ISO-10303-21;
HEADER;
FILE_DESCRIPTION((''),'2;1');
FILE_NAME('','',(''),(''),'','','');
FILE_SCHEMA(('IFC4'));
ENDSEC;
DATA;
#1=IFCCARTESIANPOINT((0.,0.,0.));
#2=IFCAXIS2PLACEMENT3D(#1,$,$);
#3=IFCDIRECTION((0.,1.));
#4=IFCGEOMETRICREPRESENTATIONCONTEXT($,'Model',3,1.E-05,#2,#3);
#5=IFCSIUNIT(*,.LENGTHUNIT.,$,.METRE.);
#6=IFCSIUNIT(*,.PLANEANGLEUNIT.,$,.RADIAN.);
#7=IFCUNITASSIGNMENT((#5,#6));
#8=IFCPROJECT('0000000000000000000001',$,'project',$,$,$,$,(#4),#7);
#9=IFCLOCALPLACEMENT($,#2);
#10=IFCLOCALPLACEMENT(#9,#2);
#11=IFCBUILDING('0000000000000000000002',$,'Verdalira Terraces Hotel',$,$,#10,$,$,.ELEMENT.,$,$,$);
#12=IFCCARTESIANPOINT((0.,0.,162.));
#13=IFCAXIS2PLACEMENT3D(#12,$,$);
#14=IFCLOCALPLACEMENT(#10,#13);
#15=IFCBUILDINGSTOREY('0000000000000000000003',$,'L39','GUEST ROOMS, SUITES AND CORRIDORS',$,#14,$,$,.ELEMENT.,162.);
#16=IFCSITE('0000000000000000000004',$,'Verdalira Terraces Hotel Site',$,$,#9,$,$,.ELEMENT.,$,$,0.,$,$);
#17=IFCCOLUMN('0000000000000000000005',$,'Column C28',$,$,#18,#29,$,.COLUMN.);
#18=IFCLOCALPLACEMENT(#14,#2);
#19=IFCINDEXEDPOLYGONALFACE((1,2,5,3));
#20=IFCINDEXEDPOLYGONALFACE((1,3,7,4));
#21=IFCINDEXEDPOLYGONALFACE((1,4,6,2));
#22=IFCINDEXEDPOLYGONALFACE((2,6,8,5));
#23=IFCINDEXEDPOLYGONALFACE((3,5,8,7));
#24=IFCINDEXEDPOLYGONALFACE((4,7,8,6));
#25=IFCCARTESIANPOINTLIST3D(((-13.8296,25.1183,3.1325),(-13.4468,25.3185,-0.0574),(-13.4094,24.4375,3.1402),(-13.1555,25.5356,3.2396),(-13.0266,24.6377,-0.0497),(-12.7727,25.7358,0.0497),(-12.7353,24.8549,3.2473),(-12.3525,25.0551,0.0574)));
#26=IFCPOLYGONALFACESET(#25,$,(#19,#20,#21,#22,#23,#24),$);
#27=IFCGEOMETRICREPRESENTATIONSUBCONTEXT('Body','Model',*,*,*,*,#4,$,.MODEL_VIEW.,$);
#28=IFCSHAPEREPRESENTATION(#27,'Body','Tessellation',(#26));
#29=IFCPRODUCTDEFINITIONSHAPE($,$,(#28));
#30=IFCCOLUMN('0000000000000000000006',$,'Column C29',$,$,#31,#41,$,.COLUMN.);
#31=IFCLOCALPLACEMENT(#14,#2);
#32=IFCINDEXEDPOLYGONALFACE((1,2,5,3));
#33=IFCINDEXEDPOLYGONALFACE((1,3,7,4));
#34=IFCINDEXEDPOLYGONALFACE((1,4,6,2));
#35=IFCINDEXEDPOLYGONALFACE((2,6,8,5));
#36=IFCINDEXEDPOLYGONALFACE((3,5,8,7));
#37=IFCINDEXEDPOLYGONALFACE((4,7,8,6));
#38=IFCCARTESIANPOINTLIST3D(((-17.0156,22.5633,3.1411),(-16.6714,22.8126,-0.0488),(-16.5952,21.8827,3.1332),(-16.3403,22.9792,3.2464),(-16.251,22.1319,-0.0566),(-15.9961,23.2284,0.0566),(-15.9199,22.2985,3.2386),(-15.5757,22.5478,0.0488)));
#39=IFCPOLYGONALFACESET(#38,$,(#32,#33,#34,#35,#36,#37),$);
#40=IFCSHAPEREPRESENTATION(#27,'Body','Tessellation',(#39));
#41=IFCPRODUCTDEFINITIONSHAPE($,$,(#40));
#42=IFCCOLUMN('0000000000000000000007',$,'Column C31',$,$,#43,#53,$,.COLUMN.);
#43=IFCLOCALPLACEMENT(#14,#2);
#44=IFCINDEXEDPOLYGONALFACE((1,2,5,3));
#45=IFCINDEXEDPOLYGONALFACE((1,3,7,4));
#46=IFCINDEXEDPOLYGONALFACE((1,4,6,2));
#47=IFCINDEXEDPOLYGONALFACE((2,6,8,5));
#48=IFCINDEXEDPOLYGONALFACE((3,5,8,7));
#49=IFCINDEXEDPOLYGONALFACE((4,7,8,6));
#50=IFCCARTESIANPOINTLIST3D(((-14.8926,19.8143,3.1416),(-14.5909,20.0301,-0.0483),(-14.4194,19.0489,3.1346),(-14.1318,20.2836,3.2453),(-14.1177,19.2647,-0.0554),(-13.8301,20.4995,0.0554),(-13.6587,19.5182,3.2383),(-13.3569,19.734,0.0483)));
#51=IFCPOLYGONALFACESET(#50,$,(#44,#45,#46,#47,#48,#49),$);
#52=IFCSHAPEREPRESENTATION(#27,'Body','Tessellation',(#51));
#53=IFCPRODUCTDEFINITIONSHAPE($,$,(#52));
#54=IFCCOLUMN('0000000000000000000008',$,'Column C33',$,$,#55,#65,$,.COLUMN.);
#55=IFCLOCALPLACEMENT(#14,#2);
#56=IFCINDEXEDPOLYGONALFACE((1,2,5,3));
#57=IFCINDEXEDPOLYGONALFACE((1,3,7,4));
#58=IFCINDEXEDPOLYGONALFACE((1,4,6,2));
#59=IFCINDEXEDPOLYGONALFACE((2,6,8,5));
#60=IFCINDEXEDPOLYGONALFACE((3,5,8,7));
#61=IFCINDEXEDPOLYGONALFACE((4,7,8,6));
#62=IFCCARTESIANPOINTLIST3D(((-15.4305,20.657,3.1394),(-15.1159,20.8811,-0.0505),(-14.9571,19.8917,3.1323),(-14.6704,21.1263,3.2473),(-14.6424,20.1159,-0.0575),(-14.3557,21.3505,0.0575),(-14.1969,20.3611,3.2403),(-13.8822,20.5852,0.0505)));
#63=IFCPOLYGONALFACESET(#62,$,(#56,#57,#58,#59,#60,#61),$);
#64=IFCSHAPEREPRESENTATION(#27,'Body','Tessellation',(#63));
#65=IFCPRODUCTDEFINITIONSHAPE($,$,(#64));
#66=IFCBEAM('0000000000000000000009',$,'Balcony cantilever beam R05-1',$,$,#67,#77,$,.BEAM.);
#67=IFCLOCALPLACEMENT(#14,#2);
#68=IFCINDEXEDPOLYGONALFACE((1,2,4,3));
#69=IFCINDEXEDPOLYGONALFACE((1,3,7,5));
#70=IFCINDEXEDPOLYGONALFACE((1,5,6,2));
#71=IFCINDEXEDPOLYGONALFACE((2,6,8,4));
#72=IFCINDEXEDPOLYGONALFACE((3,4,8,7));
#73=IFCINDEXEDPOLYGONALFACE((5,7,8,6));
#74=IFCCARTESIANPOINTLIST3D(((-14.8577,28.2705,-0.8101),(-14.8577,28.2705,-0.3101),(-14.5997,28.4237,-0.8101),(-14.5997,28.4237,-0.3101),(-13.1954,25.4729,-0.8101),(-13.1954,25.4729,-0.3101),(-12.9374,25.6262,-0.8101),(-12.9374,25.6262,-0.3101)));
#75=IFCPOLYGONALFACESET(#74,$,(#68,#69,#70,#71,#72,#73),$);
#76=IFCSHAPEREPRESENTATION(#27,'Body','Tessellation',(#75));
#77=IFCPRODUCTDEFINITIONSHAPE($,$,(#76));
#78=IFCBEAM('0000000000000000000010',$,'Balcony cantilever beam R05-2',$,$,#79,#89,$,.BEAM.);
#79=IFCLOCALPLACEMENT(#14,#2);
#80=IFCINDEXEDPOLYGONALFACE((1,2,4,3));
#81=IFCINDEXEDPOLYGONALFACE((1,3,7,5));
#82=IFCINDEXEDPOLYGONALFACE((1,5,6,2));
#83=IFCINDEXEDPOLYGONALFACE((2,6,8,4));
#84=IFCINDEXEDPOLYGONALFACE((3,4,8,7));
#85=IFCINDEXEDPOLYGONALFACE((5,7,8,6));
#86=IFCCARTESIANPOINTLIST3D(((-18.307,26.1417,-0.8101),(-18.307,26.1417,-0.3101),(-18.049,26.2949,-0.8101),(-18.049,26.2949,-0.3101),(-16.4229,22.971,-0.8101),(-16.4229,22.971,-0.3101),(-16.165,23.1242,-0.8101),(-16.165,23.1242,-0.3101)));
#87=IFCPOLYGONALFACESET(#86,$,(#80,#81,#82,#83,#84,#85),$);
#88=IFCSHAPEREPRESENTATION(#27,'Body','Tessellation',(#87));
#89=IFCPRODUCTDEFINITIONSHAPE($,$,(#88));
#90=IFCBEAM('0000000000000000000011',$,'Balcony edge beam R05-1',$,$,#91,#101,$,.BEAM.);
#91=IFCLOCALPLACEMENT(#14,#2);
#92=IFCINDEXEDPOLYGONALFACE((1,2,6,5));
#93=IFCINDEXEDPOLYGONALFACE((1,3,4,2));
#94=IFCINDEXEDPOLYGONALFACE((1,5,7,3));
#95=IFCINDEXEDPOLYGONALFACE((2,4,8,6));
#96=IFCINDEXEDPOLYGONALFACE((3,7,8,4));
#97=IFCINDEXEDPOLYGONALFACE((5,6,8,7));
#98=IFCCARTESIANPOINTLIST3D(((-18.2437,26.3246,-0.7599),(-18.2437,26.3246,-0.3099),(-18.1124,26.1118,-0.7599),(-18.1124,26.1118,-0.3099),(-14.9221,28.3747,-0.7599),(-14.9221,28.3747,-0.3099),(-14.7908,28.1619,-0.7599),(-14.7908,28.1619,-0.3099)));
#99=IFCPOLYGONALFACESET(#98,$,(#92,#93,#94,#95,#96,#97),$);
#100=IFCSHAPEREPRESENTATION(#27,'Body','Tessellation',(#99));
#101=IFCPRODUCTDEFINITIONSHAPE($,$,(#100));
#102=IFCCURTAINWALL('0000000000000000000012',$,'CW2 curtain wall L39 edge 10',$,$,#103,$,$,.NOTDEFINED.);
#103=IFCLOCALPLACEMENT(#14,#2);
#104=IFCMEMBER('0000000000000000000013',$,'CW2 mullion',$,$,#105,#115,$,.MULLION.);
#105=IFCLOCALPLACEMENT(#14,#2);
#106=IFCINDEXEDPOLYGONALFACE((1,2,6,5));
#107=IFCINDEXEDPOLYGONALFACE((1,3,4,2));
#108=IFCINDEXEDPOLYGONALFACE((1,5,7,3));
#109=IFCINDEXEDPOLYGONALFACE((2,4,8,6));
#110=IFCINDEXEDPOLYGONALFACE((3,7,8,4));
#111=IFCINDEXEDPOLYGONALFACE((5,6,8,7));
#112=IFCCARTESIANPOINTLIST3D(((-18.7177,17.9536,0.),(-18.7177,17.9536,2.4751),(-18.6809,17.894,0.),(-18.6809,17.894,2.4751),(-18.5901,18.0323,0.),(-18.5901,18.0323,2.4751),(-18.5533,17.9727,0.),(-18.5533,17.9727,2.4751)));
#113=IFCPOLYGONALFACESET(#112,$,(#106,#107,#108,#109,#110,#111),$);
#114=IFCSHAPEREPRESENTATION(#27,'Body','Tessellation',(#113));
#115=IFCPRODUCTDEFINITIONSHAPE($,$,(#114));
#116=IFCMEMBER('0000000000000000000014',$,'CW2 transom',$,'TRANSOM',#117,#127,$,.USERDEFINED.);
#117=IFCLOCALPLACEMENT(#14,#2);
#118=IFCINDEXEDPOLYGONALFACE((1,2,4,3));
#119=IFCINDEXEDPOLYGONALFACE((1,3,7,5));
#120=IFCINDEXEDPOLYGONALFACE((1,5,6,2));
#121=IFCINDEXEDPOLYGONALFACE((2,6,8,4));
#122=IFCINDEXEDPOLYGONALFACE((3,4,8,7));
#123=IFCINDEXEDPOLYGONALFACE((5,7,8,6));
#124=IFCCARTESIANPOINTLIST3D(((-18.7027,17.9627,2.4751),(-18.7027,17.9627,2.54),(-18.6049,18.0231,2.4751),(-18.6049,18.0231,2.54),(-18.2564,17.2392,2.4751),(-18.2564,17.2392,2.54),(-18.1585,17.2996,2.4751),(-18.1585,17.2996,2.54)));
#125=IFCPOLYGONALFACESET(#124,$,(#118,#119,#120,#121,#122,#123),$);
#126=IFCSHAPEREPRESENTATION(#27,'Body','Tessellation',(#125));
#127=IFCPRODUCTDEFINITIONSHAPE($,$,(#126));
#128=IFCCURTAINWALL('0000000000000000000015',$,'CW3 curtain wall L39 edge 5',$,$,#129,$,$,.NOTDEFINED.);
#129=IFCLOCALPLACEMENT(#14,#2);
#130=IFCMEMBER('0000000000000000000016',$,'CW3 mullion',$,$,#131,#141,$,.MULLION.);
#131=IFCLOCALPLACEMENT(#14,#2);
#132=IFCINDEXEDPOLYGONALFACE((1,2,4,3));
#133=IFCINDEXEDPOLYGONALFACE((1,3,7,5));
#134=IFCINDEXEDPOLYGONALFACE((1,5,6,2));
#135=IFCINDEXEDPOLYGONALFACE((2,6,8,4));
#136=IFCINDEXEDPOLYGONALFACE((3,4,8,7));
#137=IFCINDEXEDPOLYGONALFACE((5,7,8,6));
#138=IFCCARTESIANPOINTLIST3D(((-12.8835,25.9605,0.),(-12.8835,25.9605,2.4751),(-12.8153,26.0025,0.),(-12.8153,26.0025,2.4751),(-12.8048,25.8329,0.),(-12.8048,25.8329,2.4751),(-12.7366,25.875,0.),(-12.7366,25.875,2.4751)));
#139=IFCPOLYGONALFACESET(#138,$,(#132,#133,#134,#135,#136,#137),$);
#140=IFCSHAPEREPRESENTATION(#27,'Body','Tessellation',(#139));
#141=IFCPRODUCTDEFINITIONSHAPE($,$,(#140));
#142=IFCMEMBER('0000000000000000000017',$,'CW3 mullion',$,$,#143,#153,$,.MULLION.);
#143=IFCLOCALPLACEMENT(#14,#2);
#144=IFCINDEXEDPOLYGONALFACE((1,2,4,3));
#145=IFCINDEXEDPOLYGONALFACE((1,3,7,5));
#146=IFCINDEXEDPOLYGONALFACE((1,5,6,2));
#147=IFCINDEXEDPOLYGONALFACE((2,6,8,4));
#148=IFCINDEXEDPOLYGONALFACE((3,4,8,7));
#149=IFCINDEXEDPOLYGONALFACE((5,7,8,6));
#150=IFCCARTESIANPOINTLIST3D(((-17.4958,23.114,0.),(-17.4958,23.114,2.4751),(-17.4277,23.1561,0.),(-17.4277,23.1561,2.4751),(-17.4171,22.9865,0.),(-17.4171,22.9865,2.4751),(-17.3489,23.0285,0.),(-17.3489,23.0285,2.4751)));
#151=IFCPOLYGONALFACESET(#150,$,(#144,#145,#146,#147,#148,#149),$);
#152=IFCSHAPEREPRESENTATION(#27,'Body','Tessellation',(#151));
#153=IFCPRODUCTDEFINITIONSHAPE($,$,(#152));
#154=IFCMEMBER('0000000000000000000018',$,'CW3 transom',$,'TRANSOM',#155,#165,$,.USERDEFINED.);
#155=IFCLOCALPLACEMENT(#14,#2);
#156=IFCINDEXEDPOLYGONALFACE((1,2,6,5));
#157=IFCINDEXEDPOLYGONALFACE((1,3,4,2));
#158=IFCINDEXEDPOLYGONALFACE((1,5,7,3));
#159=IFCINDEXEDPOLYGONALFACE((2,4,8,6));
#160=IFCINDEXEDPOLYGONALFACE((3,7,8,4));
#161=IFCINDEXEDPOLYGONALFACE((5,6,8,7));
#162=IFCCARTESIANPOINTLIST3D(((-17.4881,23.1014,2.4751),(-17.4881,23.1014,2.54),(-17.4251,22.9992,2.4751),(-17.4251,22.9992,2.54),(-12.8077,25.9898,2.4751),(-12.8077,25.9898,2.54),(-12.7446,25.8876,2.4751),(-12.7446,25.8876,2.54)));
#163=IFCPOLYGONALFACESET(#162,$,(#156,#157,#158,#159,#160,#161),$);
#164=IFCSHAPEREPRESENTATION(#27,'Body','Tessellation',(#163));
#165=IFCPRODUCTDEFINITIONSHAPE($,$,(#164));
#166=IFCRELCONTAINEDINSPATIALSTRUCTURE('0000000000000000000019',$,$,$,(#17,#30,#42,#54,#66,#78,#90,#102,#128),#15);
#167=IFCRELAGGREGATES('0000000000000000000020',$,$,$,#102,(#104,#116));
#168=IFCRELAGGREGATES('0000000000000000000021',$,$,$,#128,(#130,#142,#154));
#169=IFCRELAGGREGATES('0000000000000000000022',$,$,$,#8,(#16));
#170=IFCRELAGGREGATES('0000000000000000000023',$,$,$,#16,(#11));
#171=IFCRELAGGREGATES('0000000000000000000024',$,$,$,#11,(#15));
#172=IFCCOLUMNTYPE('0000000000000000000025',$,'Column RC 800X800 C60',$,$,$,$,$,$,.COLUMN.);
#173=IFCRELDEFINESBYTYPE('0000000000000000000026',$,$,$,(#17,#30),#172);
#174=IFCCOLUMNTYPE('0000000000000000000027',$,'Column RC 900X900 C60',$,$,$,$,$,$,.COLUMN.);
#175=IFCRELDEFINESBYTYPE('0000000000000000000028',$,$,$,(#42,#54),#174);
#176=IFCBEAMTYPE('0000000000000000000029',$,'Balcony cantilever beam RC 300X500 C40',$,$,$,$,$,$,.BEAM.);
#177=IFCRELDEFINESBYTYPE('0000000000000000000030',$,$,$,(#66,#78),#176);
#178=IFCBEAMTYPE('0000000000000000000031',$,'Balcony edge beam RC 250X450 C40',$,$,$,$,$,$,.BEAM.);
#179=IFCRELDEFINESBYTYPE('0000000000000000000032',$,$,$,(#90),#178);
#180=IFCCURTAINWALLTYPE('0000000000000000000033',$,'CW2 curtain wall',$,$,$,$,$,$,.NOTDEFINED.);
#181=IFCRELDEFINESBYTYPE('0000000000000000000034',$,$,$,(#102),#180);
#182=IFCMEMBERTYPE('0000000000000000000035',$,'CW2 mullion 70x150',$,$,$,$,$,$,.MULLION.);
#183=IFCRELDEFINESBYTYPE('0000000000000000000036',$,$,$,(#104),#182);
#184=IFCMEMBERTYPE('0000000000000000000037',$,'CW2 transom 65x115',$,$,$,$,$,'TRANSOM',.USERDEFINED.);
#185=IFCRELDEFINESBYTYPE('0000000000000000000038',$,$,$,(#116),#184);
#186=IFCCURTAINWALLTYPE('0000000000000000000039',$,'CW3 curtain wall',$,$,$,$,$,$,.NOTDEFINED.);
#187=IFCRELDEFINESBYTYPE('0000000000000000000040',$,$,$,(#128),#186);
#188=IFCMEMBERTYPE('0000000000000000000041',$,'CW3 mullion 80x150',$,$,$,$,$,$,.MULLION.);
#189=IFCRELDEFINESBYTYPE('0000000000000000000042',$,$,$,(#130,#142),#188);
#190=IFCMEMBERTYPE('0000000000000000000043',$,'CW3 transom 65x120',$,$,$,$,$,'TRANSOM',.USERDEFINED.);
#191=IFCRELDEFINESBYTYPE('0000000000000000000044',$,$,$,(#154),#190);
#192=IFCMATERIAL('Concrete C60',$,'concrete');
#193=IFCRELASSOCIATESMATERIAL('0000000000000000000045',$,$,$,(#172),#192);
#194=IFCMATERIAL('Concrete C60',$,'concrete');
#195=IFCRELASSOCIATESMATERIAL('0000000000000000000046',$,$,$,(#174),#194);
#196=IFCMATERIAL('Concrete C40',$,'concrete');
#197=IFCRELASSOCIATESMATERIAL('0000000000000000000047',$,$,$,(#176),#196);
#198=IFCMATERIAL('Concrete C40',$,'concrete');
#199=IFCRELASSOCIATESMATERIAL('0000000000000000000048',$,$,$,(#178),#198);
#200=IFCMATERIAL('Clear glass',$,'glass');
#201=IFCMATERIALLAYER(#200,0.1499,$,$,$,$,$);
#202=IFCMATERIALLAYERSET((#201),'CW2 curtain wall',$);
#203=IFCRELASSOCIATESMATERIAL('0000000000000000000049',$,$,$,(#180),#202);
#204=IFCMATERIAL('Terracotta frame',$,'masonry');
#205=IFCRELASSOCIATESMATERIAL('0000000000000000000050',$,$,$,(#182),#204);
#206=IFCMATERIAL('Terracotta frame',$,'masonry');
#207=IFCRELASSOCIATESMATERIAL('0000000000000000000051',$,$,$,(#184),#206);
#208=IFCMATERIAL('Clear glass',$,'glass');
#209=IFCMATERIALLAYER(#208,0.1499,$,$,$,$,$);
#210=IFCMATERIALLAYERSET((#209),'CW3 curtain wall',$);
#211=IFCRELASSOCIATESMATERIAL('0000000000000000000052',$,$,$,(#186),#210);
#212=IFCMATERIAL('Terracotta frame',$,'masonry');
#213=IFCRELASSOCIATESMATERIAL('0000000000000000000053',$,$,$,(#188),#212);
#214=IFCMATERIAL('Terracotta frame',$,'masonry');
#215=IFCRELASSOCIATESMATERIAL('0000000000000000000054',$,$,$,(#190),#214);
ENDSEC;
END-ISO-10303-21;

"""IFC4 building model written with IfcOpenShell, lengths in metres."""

from ifc_helpers import new_model, si_unit, direction, frame, origin, origin_2d, place, context, subcontext, project, spatial, rectangle, extrude, material, layer, layer_set, material_profile, profile_set, type_object, element, aggregate, save


model = new_model("IFC4")

# Units and contexts
model_context = context("Model", 3, precision=1e-05, world=origin(), true_north=direction((0.0, 1.0)))
body_context = subcontext(model_context, "Body", "Model", "MODEL_VIEW")
ifc_project = project(units=[si_unit("LENGTHUNIT", "METRE"), si_unit("PLANEANGLEUNIT", "RADIAN")], contexts=[model_context])

# Site, building, storey
site_placement = place(None, origin())
site = spatial("IfcSite", under=ifc_project, at=site_placement, Name="Verdalira Terraces Hotel Site", CompositionType="ELEMENT", RefElevation=0.0)
building_placement = place(site_placement, origin())
building = spatial("IfcBuilding", under=site, at=building_placement, Name="Verdalira Terraces Hotel", CompositionType="ELEMENT")
storey_placement = place(building_placement, frame((0.0, 0.0, 162.0)))
storey = spatial("IfcBuildingStorey", under=building, at=storey_placement, Name="L39", Description="GUEST ROOMS, SUITES AND CORRIDORS", CompositionType="ELEMENT", Elevation=162.0)

# Columns
ifc_material_1 = material(Name="Concrete C60", Category="concrete")
ifc_material_profile_1 = material_profile(ifc_material_1, rectangle(XDim=0.8, YDim=0.8, at=origin_2d()), Name="RC 800X800")
ifc_profile_set_1 = profile_set([ifc_material_profile_1], Name="Concrete C60")
column_type_1 = type_object("IfcColumnType", Name="Column RC 800X800 C60", PredefinedType="COLUMN", material=ifc_profile_set_1)
column_1_placement = place(storey_placement, frame((-12.8997, 25.1868, 0.0), z_axis=(-0.118921, -0.062191, 0.990954), x_axis=(-0.842584, -0.521667, -0.133854)))
element("IfcColumn", 1, at=column_1_placement, inside=storey, type_object=column_type_1, Name="Column C28", PredefinedType="COLUMN", context=body_context, shape_type="SweptSolid", body=[
    extrude(rectangle(XDim=0.8, YDim=0.8, at=origin_2d()), origin(), (0.0, 0.0, 1.0), 3.219),
])
column_2_placement = place(storey_placement, frame((-16.1235, 22.6802, 0.0), z_axis=(-0.106968, -0.077457, 0.991241), x_axis=(-0.844081, -0.51979, -0.131705)))
element("IfcColumn", 2, at=column_2_placement, inside=storey, type_object=column_type_1, Name="Column C29", PredefinedType="COLUMN", context=body_context, shape_type="SweptSolid", body=[
    extrude(rectangle(XDim=0.8, YDim=0.8, at=origin_2d()), origin(), (0.0, 0.0, 1.0), 3.218),
])
ifc_material_2 = material(Name="Concrete C60", Category="concrete")
ifc_material_profile_2 = material_profile(ifc_material_2, rectangle(XDim=0.8999, YDim=0.8999, at=origin_2d()), Name="RC 900X900")
ifc_profile_set_2 = profile_set([ifc_material_profile_2], Name="Concrete C60")
column_type_2 = type_object("IfcColumnType", Name="Column RC 900X900 C60", PredefinedType="COLUMN", material=ifc_profile_set_2)
column_3_placement = place(storey_placement, frame((-13.9739, 19.8821, 0.0), z_axis=(-0.093963, -0.067204, 0.993305), x_axis=(-0.525812, 0.850565, 0.007806)))
element("IfcColumn", 3, at=column_3_placement, inside=storey, type_object=column_type_2, Name="Column C31", PredefinedType="COLUMN", context=body_context, shape_type="SweptSolid", body=[
    extrude(rectangle(XDim=0.8999, YDim=0.8999, at=origin_2d()), origin(), (0.0, 0.0, 1.0), 3.2114),
])
column_4_placement = place(storey_placement, frame((-14.499, 20.7332, 0.0), z_axis=(-0.097937, -0.069749, 0.992745), x_axis=(-0.526145, 0.850359, 0.007839)))
element("IfcColumn", 4, at=column_4_placement, inside=storey, type_object=column_type_2, Name="Column C33", PredefinedType="COLUMN", context=body_context, shape_type="SweptSolid", body=[
    extrude(rectangle(XDim=0.8999, YDim=0.8999, at=origin_2d()), origin(), (0.0, 0.0, 1.0), 3.2131),
])

# Beams
ifc_material_3 = material(Name="Concrete C40", Category="concrete")
ifc_material_profile_3 = material_profile(ifc_material_3, rectangle(XDim=0.3, YDim=0.5, at=origin_2d()), Name="RC 300X500")
ifc_profile_set_3 = profile_set([ifc_material_profile_3], Name="Concrete C40")
beam_type_1 = type_object("IfcBeamType", Name="Balcony cantilever beam RC 300X500 C40", PredefinedType="BEAM", material=ifc_profile_set_3)
beam_1_placement = place(storey_placement, frame((-13.0664, 25.5496, -0.5601), z_axis=(-0.510828, 0.859683, 0.0), x_axis=(-0.859683, -0.510828, 0.0)))
element("IfcBeam", 5, at=beam_1_placement, inside=storey, type_object=beam_type_1, Name="Balcony cantilever beam R05-1", PredefinedType="BEAM", context=body_context, shape_type="SweptSolid", body=[
    extrude(rectangle(XDim=0.3, YDim=0.5, at=origin_2d()), origin(), (0.0, 0.0, 1.0), 3.2542),
])
beam_2_placement = place(storey_placement, frame((-16.2939, 23.0476, -0.5601), z_axis=(-0.510831, 0.859681, 0.0), x_axis=(-0.859681, -0.510831, 0.0)))
element("IfcBeam", 6, at=beam_2_placement, inside=storey, type_object=beam_type_1, Name="Balcony cantilever beam R05-2", PredefinedType="BEAM", context=body_context, shape_type="SweptSolid", body=[
    extrude(rectangle(XDim=0.3, YDim=0.5, at=origin_2d()), origin(), (0.0, 0.0, 1.0), 3.6882),
])
ifc_material_4 = material(Name="Concrete C40", Category="concrete")
ifc_material_profile_4 = material_profile(ifc_material_4, rectangle(XDim=0.25, YDim=0.45, at=origin_2d()), Name="RC 250X450")
ifc_profile_set_4 = profile_set([ifc_material_profile_4], Name="Concrete C40")
beam_type_2 = type_object("IfcBeamType", Name="Balcony edge beam RC 250X450 C40", PredefinedType="BEAM", material=ifc_profile_set_4)
beam_3_placement = place(storey_placement, frame((-14.8564, 28.2683, -0.5349), z_axis=(-0.850968, -0.525217, 0.0), x_axis=(0.525217, -0.850968, 0.0)))
element("IfcBeam", 7, at=beam_3_placement, inside=storey, type_object=beam_type_2, Name="Balcony edge beam R05-1", PredefinedType="BEAM", context=body_context, shape_type="SweptSolid", body=[
    extrude(rectangle(XDim=0.25, YDim=0.45, at=origin_2d()), origin(), (0.0, 0.0, 1.0), 3.9033),
])

# Curtain walls, members
ifc_material_5 = material(Name="Clear glass", Category="glass")
ifc_layer_1 = layer(ifc_material_5, 0.1499)
ifc_layer_set_1 = layer_set([ifc_layer_1], Name="CW2 curtain wall")
curtain_wall_type_1 = type_object("IfcCurtainWallType", Name="CW2 curtain wall", PredefinedType="NOTDEFINED", material=ifc_layer_set_1)
curtain_wall_1_placement = place(storey_placement, origin())
curtain_wall_1 = element("IfcCurtainWall", 8, at=curtain_wall_1_placement, inside=storey, type_object=curtain_wall_type_1, Name="CW2 curtain wall L39 edge 10", PredefinedType="NOTDEFINED")
ifc_material_6 = material(Name="Terracotta frame", Category="masonry")
ifc_material_profile_5 = material_profile(ifc_material_6, rectangle(XDim=0.0701, YDim=0.1499, at=origin_2d()), Name="MU 70x150")
ifc_profile_set_5 = profile_set([ifc_material_profile_5], Name="Terracotta frame")
member_type_1 = type_object("IfcMemberType", Name="CW2 mullion 70x150", PredefinedType="MULLION", material=ifc_profile_set_5)
member_1_placement = place(storey_placement, frame((-18.6355, 17.9631, 0.0), z_axis=(0.0, 0.0, 1.0), x_axis=(0.525175, -0.850994, 0.0)))
member_1 = element("IfcMember", 9, at=member_1_placement, type_object=member_type_1, Name="CW2 mullion", PredefinedType="MULLION", context=body_context, shape_type="SweptSolid", body=[
    extrude(rectangle(XDim=0.0701, YDim=0.1499, at=origin_2d()), origin(), (0.0, 0.0, 1.0), 2.4751),
])
ifc_material_7 = material(Name="Terracotta frame", Category="masonry")
ifc_material_profile_6 = material_profile(ifc_material_7, rectangle(XDim=0.115, YDim=0.0649, at=origin_2d()), Name="TR 65x115")
ifc_profile_set_6 = profile_set([ifc_material_profile_6], Name="Terracotta frame")
member_type_2 = type_object("IfcMemberType", Name="CW2 transom 65x115", ElementType="TRANSOM", PredefinedType="USERDEFINED", material=ifc_profile_set_6)
member_2_placement = place(storey_placement, frame((-18.6538, 17.9929, 2.5076), z_axis=(0.525059, -0.851066, 0.0), x_axis=(0.851066, 0.525059, 0.0)))
member_2 = element("IfcMember", 10, at=member_2_placement, type_object=member_type_2, Name="CW2 transom", ObjectType="TRANSOM", PredefinedType="USERDEFINED", context=body_context, shape_type="SweptSolid", body=[
    extrude(rectangle(XDim=0.115, YDim=0.0649, at=origin_2d()), origin(), (0.0, 0.0, 1.0), 0.8501),
])
aggregate(curtain_wall_1, [member_1, member_2])
ifc_material_8 = material(Name="Clear glass", Category="glass")
ifc_layer_2 = layer(ifc_material_8, 0.1499)
ifc_layer_set_2 = layer_set([ifc_layer_2], Name="CW3 curtain wall")
curtain_wall_type_2 = type_object("IfcCurtainWallType", Name="CW3 curtain wall", PredefinedType="NOTDEFINED", material=ifc_layer_set_2)
curtain_wall_2_placement = place(storey_placement, origin())
curtain_wall_2 = element("IfcCurtainWall", 11, at=curtain_wall_2_placement, inside=storey, type_object=curtain_wall_type_2, Name="CW3 curtain wall L39 edge 5", PredefinedType="NOTDEFINED")
ifc_material_9 = material(Name="Terracotta frame", Category="masonry")
ifc_material_profile_7 = material_profile(ifc_material_9, rectangle(XDim=0.0801, YDim=0.1499, at=origin_2d()), Name="MU 80x150")
ifc_profile_set_7 = profile_set([ifc_material_profile_7], Name="Terracotta frame")
member_type_3 = type_object("IfcMemberType", Name="CW3 mullion 80x150", PredefinedType="MULLION", material=ifc_profile_set_7)
member_3_placement = place(storey_placement, frame((-12.8101, 25.9177, 0.0), z_axis=(0.0, 0.0, 1.0), x_axis=(-0.850994, -0.525175, 0.0)))
member_3 = element("IfcMember", 12, at=member_3_placement, type_object=member_type_3, Name="CW3 mullion", PredefinedType="MULLION", context=body_context, shape_type="SweptSolid", body=[
    extrude(rectangle(XDim=0.0801, YDim=0.1499, at=origin_2d()), origin(), (0.0, 0.0, 1.0), 2.4751),
])
member_4_placement = place(storey_placement, frame((-17.4224, 23.0713, 0.0), z_axis=(0.0, 0.0, 1.0), x_axis=(-0.850994, -0.525175, 0.0)))
member_4 = element("IfcMember", 13, at=member_4_placement, type_object=member_type_3, Name="CW3 mullion", PredefinedType="MULLION", context=body_context, shape_type="SweptSolid", body=[
    extrude(rectangle(XDim=0.0801, YDim=0.1499, at=origin_2d()), origin(), (0.0, 0.0, 1.0), 2.4751),
])
ifc_material_10 = material(Name="Terracotta frame", Category="masonry")
ifc_material_profile_8 = material_profile(ifc_material_10, rectangle(XDim=0.1201, YDim=0.0649, at=origin_2d()), Name="TR 65x120")
ifc_profile_set_8 = profile_set([ifc_material_profile_8], Name="Terracotta frame")
member_type_4 = type_object("IfcMemberType", Name="CW3 transom 65x120", ElementType="TRANSOM", PredefinedType="USERDEFINED", material=ifc_profile_set_8)
member_5_placement = place(storey_placement, frame((-12.7761, 25.9387, 2.5076), z_axis=(-0.850995, -0.525174, 0.0), x_axis=(0.525174, -0.850995, 0.0)))
member_5 = element("IfcMember", 14, at=member_5_placement, type_object=member_type_4, Name="CW3 transom", ObjectType="TRANSOM", PredefinedType="USERDEFINED", context=body_context, shape_type="SweptSolid", body=[
    extrude(rectangle(XDim=0.1201, YDim=0.0649, at=origin_2d()), origin(), (0.0, 0.0, 1.0), 5.5),
])

aggregate(curtain_wall_2, [member_3, member_4, member_5])

save(model, "model.ifc")
